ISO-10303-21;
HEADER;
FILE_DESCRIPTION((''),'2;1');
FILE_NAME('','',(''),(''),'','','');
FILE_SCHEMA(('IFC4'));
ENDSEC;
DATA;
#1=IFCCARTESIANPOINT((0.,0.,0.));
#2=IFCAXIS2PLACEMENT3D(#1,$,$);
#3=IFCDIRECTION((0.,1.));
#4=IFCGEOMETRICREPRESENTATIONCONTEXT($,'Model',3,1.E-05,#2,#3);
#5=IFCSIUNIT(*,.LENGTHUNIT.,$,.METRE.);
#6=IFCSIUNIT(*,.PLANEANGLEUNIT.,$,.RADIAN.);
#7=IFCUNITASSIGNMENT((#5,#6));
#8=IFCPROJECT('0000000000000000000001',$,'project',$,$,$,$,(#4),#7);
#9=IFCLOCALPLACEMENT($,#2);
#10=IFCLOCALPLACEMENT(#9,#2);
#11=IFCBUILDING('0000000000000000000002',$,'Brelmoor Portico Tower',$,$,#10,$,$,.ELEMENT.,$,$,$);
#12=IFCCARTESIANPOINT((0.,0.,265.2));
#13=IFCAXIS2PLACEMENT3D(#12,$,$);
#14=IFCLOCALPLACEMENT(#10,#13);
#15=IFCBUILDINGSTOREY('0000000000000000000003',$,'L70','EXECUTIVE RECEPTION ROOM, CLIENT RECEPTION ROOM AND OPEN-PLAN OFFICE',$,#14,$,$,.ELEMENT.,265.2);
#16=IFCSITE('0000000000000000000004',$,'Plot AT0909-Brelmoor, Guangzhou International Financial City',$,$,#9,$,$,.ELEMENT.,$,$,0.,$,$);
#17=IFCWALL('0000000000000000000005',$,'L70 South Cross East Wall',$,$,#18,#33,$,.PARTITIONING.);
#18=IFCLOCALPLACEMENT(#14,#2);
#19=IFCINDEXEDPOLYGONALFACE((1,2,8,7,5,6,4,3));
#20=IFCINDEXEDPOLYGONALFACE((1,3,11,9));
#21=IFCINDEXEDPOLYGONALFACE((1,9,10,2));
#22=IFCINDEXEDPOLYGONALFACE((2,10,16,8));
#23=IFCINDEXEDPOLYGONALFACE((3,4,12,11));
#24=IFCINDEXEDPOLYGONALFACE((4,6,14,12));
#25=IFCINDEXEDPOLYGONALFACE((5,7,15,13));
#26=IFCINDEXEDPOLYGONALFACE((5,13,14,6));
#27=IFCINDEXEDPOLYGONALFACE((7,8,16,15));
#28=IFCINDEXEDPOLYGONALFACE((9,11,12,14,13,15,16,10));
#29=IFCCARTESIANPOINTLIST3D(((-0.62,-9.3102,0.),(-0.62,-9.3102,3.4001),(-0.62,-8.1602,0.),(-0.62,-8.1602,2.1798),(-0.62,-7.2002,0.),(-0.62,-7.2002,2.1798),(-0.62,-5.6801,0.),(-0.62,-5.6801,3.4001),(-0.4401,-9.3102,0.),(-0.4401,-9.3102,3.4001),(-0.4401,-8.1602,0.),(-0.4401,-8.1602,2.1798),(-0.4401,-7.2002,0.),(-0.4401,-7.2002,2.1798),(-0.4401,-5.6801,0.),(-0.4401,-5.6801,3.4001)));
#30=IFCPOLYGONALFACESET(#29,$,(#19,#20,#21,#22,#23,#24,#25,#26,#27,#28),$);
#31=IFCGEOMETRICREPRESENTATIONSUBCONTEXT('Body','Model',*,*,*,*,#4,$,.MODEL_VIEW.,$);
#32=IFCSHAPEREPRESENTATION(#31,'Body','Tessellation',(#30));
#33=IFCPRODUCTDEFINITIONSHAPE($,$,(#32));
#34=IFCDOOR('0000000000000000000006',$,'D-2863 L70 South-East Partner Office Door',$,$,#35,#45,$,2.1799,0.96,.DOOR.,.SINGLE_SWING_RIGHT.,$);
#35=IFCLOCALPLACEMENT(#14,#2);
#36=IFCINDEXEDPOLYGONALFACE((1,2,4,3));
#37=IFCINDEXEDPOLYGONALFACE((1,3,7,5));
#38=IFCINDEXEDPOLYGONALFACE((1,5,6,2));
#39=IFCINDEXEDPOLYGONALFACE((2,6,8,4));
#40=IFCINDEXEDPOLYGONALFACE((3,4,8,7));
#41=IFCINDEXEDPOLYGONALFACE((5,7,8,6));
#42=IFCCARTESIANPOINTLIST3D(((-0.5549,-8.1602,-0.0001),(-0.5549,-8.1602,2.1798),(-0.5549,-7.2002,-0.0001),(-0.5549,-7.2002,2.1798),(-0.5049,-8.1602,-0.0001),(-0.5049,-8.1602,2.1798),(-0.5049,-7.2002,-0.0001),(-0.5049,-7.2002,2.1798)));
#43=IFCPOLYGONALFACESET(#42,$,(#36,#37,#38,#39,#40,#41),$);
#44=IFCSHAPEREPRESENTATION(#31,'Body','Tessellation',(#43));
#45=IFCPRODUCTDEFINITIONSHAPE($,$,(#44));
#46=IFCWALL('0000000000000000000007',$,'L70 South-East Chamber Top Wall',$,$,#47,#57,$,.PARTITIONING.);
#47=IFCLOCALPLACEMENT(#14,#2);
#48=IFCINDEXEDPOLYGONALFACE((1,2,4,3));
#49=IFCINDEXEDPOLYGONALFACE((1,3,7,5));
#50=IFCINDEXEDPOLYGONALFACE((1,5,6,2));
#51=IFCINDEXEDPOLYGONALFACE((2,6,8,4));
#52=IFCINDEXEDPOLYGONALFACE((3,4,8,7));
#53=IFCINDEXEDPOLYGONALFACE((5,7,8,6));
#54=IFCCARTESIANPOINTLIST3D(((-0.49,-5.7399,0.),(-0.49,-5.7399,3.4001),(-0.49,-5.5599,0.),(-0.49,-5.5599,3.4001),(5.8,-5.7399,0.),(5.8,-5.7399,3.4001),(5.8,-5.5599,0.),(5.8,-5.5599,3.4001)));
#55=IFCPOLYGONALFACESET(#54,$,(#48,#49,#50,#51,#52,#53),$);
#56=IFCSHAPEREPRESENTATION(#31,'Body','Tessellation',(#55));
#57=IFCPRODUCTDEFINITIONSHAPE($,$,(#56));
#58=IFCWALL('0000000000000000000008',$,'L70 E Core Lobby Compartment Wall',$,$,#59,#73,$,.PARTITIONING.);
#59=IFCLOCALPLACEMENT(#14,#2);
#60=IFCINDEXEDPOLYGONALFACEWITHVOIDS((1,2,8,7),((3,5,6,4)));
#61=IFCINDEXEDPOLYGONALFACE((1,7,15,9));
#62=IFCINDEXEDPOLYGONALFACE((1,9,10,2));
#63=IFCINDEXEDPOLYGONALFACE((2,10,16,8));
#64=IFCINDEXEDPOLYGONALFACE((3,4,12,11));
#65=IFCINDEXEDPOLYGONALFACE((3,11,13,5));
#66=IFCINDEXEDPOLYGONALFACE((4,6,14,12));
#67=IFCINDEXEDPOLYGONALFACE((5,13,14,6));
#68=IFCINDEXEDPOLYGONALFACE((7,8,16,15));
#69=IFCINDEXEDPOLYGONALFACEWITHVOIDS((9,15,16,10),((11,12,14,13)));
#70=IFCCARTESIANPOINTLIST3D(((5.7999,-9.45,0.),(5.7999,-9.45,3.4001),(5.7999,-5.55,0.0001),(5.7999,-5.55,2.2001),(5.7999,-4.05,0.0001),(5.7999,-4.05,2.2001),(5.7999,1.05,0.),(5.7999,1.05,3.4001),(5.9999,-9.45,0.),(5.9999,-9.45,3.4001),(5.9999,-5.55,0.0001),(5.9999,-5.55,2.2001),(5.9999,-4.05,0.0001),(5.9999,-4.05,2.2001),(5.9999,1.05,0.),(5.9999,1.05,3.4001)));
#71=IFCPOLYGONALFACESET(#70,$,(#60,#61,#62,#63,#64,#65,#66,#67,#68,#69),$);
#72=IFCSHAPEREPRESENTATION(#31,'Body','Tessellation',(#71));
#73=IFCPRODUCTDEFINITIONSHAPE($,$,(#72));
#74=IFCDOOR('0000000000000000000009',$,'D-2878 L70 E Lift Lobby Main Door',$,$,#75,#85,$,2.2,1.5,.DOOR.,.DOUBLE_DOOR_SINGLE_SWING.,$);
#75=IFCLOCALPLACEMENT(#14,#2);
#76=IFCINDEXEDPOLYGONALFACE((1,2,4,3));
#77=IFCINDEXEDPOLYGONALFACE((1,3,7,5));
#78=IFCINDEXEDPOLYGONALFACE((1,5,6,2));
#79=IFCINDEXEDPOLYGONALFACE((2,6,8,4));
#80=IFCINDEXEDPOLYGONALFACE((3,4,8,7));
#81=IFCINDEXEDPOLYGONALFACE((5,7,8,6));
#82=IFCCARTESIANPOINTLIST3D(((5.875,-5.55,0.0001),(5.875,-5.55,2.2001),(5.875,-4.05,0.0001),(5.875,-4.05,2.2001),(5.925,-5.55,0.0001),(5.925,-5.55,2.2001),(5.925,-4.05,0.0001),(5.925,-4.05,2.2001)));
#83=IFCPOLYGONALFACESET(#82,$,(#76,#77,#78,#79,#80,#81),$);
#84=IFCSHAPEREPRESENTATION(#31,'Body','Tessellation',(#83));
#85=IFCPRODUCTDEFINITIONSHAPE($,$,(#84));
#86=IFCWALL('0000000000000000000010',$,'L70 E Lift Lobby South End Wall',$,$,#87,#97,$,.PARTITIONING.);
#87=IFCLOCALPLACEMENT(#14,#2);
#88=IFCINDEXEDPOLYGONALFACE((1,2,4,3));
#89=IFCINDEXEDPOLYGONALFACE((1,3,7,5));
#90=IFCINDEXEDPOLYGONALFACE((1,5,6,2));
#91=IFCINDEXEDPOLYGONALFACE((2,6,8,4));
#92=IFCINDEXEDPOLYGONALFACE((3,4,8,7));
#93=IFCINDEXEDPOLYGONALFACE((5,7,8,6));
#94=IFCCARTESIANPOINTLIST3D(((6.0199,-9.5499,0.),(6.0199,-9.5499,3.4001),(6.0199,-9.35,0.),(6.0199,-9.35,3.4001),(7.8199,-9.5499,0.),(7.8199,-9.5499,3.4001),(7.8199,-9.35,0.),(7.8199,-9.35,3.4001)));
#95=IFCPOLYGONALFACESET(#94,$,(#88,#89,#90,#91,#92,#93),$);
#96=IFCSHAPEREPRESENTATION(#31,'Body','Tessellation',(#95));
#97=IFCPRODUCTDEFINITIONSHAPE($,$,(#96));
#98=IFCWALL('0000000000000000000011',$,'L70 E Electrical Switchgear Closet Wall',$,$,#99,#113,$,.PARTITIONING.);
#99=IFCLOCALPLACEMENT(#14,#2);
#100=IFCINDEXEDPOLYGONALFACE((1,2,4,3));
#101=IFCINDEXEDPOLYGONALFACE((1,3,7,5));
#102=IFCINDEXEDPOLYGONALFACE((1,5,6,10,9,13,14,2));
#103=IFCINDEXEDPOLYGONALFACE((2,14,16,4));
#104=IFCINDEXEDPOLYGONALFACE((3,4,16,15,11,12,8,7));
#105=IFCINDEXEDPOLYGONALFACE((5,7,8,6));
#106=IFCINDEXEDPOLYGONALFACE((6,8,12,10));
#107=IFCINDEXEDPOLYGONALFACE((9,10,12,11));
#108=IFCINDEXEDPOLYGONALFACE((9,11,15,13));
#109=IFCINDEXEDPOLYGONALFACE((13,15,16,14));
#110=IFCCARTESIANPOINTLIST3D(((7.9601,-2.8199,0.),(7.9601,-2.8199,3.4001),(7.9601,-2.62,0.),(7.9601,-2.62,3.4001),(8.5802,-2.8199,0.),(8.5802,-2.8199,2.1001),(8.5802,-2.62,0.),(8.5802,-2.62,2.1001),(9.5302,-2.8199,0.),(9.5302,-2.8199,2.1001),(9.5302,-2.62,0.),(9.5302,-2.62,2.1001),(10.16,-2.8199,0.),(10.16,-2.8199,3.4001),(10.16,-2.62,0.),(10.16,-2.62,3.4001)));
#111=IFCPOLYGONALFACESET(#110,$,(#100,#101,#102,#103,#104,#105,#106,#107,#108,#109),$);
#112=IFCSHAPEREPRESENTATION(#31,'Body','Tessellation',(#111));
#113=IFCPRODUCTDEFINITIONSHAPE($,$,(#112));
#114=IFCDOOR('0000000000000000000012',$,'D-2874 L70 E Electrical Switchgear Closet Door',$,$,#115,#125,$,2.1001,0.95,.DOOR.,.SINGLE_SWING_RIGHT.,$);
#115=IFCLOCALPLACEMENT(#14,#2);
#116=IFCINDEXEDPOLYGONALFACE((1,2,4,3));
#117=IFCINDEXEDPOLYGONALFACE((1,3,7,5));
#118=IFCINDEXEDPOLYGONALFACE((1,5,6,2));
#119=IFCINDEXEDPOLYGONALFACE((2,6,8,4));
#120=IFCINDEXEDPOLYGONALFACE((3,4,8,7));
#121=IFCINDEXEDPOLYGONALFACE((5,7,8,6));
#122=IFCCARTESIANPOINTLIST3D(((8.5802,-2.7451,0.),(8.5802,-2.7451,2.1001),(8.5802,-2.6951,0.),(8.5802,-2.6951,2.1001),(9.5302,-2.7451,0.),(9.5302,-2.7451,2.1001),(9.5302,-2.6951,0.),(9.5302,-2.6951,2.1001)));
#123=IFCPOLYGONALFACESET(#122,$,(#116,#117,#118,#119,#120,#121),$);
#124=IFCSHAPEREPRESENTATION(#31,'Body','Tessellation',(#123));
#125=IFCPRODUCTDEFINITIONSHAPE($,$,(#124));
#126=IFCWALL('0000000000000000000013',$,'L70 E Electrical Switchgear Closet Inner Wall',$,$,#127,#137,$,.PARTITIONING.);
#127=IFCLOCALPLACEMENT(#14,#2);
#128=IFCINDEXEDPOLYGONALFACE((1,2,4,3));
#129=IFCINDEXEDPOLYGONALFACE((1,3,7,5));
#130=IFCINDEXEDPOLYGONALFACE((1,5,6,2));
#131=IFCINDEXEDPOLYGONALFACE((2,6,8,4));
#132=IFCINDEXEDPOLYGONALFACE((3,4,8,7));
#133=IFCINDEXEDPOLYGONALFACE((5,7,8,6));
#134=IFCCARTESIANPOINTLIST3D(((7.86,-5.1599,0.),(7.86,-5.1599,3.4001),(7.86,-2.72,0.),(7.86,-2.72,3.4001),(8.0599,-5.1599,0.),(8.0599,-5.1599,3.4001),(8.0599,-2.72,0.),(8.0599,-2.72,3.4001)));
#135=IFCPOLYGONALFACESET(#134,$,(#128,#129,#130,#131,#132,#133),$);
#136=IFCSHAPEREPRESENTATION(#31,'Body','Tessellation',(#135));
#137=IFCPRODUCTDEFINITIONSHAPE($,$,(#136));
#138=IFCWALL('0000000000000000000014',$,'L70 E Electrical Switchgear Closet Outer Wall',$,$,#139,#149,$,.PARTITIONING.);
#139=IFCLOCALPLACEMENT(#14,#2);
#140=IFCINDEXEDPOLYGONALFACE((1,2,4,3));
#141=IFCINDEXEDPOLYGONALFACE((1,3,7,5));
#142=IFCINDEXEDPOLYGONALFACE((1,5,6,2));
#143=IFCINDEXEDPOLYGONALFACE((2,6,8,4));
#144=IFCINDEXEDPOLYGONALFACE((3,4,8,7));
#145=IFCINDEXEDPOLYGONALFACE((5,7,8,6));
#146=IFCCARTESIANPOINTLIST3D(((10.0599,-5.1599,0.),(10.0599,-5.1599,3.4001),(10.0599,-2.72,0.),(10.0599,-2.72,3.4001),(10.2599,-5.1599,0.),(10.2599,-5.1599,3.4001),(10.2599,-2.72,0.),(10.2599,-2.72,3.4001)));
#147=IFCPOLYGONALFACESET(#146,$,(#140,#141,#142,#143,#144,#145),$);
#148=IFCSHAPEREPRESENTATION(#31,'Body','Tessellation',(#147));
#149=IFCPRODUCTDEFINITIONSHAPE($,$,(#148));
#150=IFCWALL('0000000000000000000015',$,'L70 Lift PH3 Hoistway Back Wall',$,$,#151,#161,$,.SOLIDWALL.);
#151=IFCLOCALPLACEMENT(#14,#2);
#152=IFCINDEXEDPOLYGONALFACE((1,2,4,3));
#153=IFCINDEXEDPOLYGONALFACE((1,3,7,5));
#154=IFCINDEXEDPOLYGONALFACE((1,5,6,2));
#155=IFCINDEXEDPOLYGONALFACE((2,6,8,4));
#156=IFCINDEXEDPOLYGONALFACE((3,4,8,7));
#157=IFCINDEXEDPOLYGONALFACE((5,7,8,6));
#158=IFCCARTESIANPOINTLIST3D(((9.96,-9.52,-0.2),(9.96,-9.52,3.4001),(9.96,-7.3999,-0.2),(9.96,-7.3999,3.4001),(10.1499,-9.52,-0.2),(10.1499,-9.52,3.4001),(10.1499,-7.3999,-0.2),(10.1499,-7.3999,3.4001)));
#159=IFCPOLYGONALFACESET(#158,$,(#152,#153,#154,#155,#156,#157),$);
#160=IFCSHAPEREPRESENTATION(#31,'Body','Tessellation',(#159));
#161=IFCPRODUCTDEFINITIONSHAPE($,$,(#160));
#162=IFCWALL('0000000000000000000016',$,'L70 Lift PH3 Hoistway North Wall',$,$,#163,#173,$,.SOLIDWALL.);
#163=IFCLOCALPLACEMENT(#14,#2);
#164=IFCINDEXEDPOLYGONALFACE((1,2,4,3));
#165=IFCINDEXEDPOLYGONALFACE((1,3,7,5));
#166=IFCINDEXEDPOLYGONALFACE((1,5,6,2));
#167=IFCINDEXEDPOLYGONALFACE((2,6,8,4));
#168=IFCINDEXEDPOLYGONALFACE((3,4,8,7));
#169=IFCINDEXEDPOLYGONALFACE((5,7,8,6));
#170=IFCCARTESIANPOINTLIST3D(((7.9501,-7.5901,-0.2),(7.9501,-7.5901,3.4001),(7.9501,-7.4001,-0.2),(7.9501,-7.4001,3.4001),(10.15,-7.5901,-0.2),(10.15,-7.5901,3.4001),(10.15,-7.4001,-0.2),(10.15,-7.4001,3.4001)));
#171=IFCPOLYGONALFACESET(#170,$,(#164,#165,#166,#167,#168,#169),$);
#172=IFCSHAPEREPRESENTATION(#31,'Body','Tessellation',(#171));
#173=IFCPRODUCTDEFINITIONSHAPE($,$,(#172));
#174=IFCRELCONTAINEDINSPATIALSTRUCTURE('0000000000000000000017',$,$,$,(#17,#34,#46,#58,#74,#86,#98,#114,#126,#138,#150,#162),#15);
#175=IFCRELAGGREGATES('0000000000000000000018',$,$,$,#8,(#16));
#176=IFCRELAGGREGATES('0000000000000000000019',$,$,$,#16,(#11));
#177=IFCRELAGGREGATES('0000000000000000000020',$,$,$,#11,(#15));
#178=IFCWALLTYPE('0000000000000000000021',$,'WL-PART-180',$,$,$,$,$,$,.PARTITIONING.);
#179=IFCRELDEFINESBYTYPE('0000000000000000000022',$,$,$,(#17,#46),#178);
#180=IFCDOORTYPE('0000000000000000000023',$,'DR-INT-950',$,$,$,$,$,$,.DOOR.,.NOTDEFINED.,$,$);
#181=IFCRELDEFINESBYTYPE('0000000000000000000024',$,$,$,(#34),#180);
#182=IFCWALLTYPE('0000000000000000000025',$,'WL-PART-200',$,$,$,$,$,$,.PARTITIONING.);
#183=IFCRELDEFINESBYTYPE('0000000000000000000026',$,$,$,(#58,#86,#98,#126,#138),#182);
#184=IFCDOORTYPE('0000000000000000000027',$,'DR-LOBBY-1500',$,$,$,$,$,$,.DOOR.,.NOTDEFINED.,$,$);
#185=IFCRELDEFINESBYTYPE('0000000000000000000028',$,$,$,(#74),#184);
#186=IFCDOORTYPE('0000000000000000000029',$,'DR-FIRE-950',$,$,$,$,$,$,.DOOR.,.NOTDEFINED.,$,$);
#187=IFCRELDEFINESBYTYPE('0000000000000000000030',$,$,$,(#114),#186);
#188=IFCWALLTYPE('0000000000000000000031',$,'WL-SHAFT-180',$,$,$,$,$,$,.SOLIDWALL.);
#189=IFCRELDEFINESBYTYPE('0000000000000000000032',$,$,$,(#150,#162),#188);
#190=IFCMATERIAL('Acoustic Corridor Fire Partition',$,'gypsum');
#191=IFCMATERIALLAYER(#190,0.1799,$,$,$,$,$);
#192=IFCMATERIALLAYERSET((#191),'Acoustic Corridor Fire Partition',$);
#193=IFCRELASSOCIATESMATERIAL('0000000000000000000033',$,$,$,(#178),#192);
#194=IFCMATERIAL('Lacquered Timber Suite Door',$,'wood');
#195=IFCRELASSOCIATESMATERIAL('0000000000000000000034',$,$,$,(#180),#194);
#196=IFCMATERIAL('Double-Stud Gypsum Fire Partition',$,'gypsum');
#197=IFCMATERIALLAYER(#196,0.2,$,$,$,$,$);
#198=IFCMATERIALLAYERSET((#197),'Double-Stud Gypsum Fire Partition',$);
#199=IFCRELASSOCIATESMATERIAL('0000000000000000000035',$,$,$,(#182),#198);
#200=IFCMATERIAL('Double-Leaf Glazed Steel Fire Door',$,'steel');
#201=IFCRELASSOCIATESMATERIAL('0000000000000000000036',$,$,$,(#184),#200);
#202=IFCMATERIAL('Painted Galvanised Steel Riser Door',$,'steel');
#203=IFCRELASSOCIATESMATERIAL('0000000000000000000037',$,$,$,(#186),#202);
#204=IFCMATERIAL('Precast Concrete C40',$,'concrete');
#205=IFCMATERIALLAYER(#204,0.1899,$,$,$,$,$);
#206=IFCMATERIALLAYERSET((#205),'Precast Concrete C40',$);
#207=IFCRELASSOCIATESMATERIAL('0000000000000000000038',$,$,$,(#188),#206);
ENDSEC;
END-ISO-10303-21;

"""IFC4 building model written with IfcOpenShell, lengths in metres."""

from ifc_helpers import new_model, si_unit, direction, frame, frame_2d, origin, place, context, subcontext, project, spatial, rectangle, extrude, material, layer, layer_set, type_object, element, fill, save


model = new_model("IFC4")

# Units and contexts
model_context = context("Model", 3, precision=1e-05, world=origin(), true_north=direction((0.0, 1.0)))
body_context = subcontext(model_context, "Body", "Model", "MODEL_VIEW")
ifc_project = project(units=[si_unit("LENGTHUNIT", "METRE"), si_unit("PLANEANGLEUNIT", "RADIAN")], contexts=[model_context])

# Site, building, storey
site_placement = place(None, origin())
site = spatial("IfcSite", under=ifc_project, at=site_placement, Name="Plot AT0909-Brelmoor, Guangzhou International Financial City", CompositionType="ELEMENT", RefElevation=0.0)
building_placement = place(site_placement, origin())
building = spatial("IfcBuilding", under=site, at=building_placement, Name="Brelmoor Portico Tower", CompositionType="ELEMENT")
storey_placement = place(building_placement, frame((0.0, 0.0, 265.2)))
storey = spatial("IfcBuildingStorey", under=building, at=storey_placement, Name="L70", Description="EXECUTIVE RECEPTION ROOM, CLIENT RECEPTION ROOM AND OPEN-PLAN OFFICE", CompositionType="ELEMENT", Elevation=265.2)

# Shared definitions
ifc_material_1 = material(Name="Acoustic Corridor Fire Partition", Category="gypsum")
ifc_layer_1 = layer(ifc_material_1, 0.1799)
ifc_layer_set_1 = layer_set([ifc_layer_1], Name="Acoustic Corridor Fire Partition")
wall_type_1 = type_object("IfcWallType", Name="WL-PART-180", PredefinedType="PARTITIONING", material=ifc_layer_set_1)
ifc_material_2 = material(Name="Lacquered Timber Suite Door", Category="wood")
door_type_1 = type_object("IfcDoorType", Name="DR-INT-950", OperationType="NOTDEFINED", PredefinedType="DOOR", material=ifc_material_2)

# Wall, opening, door
wall_1_placement = place(storey_placement, frame((-0.53, -9.3101, 0.0), z_axis=(0.0, 0.0, 1.0), x_axis=(0.0, 1.0, 0.0)))
wall_1 = element("IfcWall", 1, at=wall_1_placement, inside=storey, type_object=wall_type_1, Name="L70 South Cross East Wall", PredefinedType="PARTITIONING", context=body_context, shape_type="SweptSolid", body=[
    extrude(rectangle(XDim=3.6301, YDim=0.1799, at=frame_2d((1.8149, 0.0))), origin(), (0.0, 0.0, 1.0), 3.4001),
])
opening_1_placement = place(wall_1_placement, frame((1.1499, 0.0, 0.0)))
opening_1 = element("IfcOpeningElement", 2, at=opening_1_placement, cuts=wall_1, PredefinedType="OPENING", context=body_context, shape_type="SweptSolid", body=[
    extrude(rectangle(XDim=0.96, YDim=2.1799, at=frame_2d((0.48, 1.0898))), frame((0.0, 0.0999, 0.0), z_axis=(0.0, -1.0, 0.0), x_axis=(1.0, 0.0, 0.0)), (0.0, 0.0, 1.0), 0.2),
])
door_1_placement = place(opening_1_placement, origin())
door_1 = element("IfcDoor", 3, at=door_1_placement, inside=storey, type_object=door_type_1, Name="D-2863 L70 South-East Partner Office Door", OperationType="SINGLE_SWING_RIGHT", OverallHeight=2.1799, OverallWidth=0.96, PredefinedType="DOOR", context=body_context, shape_type="SweptSolid", body=[
    extrude(rectangle(XDim=0.96, YDim=2.1799, at=frame_2d((0.48, 1.0898))), frame((0.0, 0.0249, 0.0), z_axis=(0.0, -1.0, 0.0), x_axis=(1.0, 0.0, 0.0)), (0.0, 0.0, 1.0), 0.05),
])
fill(opening_1, door_1)

# Wall
wall_2_placement = place(storey_placement, frame((-0.49, -5.6499, 0.0), z_axis=(0.0, 0.0, 1.0), x_axis=(1.0, 0.0, 0.0)))
element("IfcWall", 4, at=wall_2_placement, inside=storey, type_object=wall_type_1, Name="L70 South-East Chamber Top Wall", PredefinedType="PARTITIONING", context=body_context, shape_type="SweptSolid", body=[
    extrude(rectangle(XDim=6.29, YDim=0.1799, at=frame_2d((3.145, 0.0))), origin(), (0.0, 0.0, 1.0), 3.4001),
])

# Wall, opening, door
ifc_material_3 = material(Name="Double-Stud Gypsum Fire Partition", Category="gypsum")
ifc_layer_2 = layer(ifc_material_3, 0.2)
ifc_layer_set_2 = layer_set([ifc_layer_2], Name="Double-Stud Gypsum Fire Partition")
wall_type_2 = type_object("IfcWallType", Name="WL-PART-200", PredefinedType="PARTITIONING", material=ifc_layer_set_2)
wall_3_placement = place(storey_placement, frame((5.8999, -9.45, 0.0), z_axis=(0.0, 0.0, 1.0), x_axis=(0.0, 1.0, 0.0)))
wall_3 = element("IfcWall", 5, at=wall_3_placement, inside=storey, type_object=wall_type_2, Name="L70 E Core Lobby Compartment Wall", PredefinedType="PARTITIONING", context=body_context, shape_type="SweptSolid", body=[
    extrude(rectangle(XDim=10.5, YDim=0.2, at=frame_2d((5.25, 0.0))), origin(), (0.0, 0.0, 1.0), 3.4001),
])
opening_2_placement = place(wall_3_placement, frame((3.8999, 0.0, 0.0)))
opening_2 = element("IfcOpeningElement", 6, at=opening_2_placement, cuts=wall_3, PredefinedType="OPENING", context=body_context, shape_type="SweptSolid", body=[
    extrude(rectangle(XDim=1.5, YDim=2.2, at=frame_2d((0.75, 1.1001))), frame((0.0, 0.1099, 0.0), z_axis=(0.0, -1.0, 0.0), x_axis=(1.0, 0.0, 0.0)), (0.0, 0.0, 1.0), 0.22),
])
ifc_material_4 = material(Name="Double-Leaf Glazed Steel Fire Door", Category="steel")
door_type_2 = type_object("IfcDoorType", Name="DR-LOBBY-1500", OperationType="NOTDEFINED", PredefinedType="DOOR", material=ifc_material_4)
door_2_placement = place(opening_2_placement, origin())
door_2 = element("IfcDoor", 7, at=door_2_placement, inside=storey, type_object=door_type_2, Name="D-2878 L70 E Lift Lobby Main Door", OperationType="DOUBLE_DOOR_SINGLE_SWING", OverallHeight=2.2, OverallWidth=1.5, PredefinedType="DOOR", context=body_context, shape_type="SweptSolid", body=[
    extrude(rectangle(XDim=1.5, YDim=2.2, at=frame_2d((0.75, 1.1001))), frame((0.0, 0.0249, 0.0), z_axis=(0.0, -1.0, 0.0), x_axis=(1.0, 0.0, 0.0)), (0.0, 0.0, 1.0), 0.05),
])
fill(opening_2, door_2)

# Wall
wall_4_placement = place(storey_placement, frame((6.02, -9.45, 0.0), z_axis=(0.0, 0.0, 1.0), x_axis=(1.0, 0.0, 0.0)))
element("IfcWall", 8, at=wall_4_placement, inside=storey, type_object=wall_type_2, Name="L70 E Lift Lobby South End Wall", PredefinedType="PARTITIONING", context=body_context, shape_type="SweptSolid", body=[
    extrude(rectangle(XDim=1.8, YDim=0.2, at=frame_2d((0.8999, 0.0))), origin(), (0.0, 0.0, 1.0), 3.4001),
])

# Wall, opening, door
wall_5_placement = place(storey_placement, frame((7.96, -2.72, 0.0), z_axis=(0.0, 0.0, 1.0), x_axis=(1.0, 0.0, 0.0)))
wall_5 = element("IfcWall", 9, at=wall_5_placement, inside=storey, type_object=wall_type_2, Name="L70 E Electrical Switchgear Closet Wall", PredefinedType="PARTITIONING", context=body_context, shape_type="SweptSolid", body=[
    extrude(rectangle(XDim=2.2, YDim=0.2, at=frame_2d((1.1001, 0.0))), origin(), (0.0, 0.0, 1.0), 3.4001),
])
opening_3_placement = place(wall_5_placement, frame((0.6201, 0.0, 0.0)))
opening_3 = element("IfcOpeningElement", 10, at=opening_3_placement, cuts=wall_5, PredefinedType="OPENING", context=body_context, shape_type="SweptSolid", body=[
    extrude(rectangle(XDim=0.95, YDim=2.1001, at=frame_2d((0.4751, 1.05))), frame((0.0, 0.1099, 0.0), z_axis=(0.0, -1.0, 0.0), x_axis=(1.0, 0.0, 0.0)), (0.0, 0.0, 1.0), 0.22),
])
ifc_material_5 = material(Name="Painted Galvanised Steel Riser Door", Category="steel")
door_type_3 = type_object("IfcDoorType", Name="DR-FIRE-950", OperationType="NOTDEFINED", PredefinedType="DOOR", material=ifc_material_5)
door_3_placement = place(opening_3_placement, origin())
door_3 = element("IfcDoor", 11, at=door_3_placement, inside=storey, type_object=door_type_3, Name="D-2874 L70 E Electrical Switchgear Closet Door", OperationType="SINGLE_SWING_RIGHT", OverallHeight=2.1001, OverallWidth=0.95, PredefinedType="DOOR", context=body_context, shape_type="SweptSolid", body=[
    extrude(rectangle(XDim=0.95, YDim=2.1001, at=frame_2d((0.4751, 1.05))), frame((0.0, 0.0249, 0.0), z_axis=(0.0, -1.0, 0.0), x_axis=(1.0, 0.0, 0.0)), (0.0, 0.0, 1.0), 0.05),
])
fill(opening_3, door_3)

# Walls
for number, where, z_axis, x_axis, name in (
    (12, (7.96, -5.1599, 0.0), (0.0, 0.0, 1.0), (0.0, 1.0, 0.0), "L70 E Electrical Switchgear Closet Inner Wall"),
    (13, (10.1599, -5.1599, 0.0), (0.0, 0.0, 1.0), (0.0, 1.0, 0.0), "L70 E Electrical Switchgear Closet Outer Wall"),
):
    element("IfcWall", number, at=place(storey_placement, frame(where, z_axis=z_axis, x_axis=x_axis)), inside=storey, type_object=wall_type_2, Name=name, PredefinedType="PARTITIONING", context=body_context, shape_type="SweptSolid", body=[
        extrude(rectangle(XDim=2.4399, YDim=0.2, at=frame_2d((1.22, 0.0))), origin(), (0.0, 0.0, 1.0), 3.4001),
    ])
ifc_material_6 = material(Name="Precast Concrete C40", Category="concrete")
ifc_layer_3 = layer(ifc_material_6, 0.1899)
ifc_layer_set_3 = layer_set([ifc_layer_3], Name="Precast Concrete C40")
wall_type_3 = type_object("IfcWallType", Name="WL-SHAFT-180", PredefinedType="SOLIDWALL", material=ifc_layer_set_3)
wall_6_placement = place(storey_placement, frame((10.0549, -9.52, -0.2), z_axis=(0.0, 0.0, 1.0), x_axis=(0.0, 1.0, 0.0)))
element("IfcWall", 14, at=wall_6_placement, inside=storey, type_object=wall_type_3, Name="L70 Lift PH3 Hoistway Back Wall", PredefinedType="SOLIDWALL", context=body_context, shape_type="SweptSolid", body=[
    extrude(rectangle(XDim=2.1201, YDim=0.1899, at=frame_2d((1.0601, 0.0))), origin(), (0.0, 0.0, 1.0), 3.6001),
])
for number, where, z_axis, x_axis, name in (
    (15, (7.95, -7.4951, -0.2), (0.0, 0.0, 1.0), (1.0, 0.0, 0.0), "L70 Lift PH3 Hoistway North Wall"),
):
    element("IfcWall", number, at=place(storey_placement, frame(where, z_axis=z_axis, x_axis=x_axis)), inside=storey, type_object=wall_type_3, Name=name, PredefinedType="SOLIDWALL", context=body_context, shape_type="SweptSolid", body=[
        extrude(rectangle(XDim=2.2, YDim=0.1899, at=frame_2d((1.1001, 0.0))), origin(), (0.0, 0.0, 1.0), 3.6001),
    ])

save(model, "model.ifc")
